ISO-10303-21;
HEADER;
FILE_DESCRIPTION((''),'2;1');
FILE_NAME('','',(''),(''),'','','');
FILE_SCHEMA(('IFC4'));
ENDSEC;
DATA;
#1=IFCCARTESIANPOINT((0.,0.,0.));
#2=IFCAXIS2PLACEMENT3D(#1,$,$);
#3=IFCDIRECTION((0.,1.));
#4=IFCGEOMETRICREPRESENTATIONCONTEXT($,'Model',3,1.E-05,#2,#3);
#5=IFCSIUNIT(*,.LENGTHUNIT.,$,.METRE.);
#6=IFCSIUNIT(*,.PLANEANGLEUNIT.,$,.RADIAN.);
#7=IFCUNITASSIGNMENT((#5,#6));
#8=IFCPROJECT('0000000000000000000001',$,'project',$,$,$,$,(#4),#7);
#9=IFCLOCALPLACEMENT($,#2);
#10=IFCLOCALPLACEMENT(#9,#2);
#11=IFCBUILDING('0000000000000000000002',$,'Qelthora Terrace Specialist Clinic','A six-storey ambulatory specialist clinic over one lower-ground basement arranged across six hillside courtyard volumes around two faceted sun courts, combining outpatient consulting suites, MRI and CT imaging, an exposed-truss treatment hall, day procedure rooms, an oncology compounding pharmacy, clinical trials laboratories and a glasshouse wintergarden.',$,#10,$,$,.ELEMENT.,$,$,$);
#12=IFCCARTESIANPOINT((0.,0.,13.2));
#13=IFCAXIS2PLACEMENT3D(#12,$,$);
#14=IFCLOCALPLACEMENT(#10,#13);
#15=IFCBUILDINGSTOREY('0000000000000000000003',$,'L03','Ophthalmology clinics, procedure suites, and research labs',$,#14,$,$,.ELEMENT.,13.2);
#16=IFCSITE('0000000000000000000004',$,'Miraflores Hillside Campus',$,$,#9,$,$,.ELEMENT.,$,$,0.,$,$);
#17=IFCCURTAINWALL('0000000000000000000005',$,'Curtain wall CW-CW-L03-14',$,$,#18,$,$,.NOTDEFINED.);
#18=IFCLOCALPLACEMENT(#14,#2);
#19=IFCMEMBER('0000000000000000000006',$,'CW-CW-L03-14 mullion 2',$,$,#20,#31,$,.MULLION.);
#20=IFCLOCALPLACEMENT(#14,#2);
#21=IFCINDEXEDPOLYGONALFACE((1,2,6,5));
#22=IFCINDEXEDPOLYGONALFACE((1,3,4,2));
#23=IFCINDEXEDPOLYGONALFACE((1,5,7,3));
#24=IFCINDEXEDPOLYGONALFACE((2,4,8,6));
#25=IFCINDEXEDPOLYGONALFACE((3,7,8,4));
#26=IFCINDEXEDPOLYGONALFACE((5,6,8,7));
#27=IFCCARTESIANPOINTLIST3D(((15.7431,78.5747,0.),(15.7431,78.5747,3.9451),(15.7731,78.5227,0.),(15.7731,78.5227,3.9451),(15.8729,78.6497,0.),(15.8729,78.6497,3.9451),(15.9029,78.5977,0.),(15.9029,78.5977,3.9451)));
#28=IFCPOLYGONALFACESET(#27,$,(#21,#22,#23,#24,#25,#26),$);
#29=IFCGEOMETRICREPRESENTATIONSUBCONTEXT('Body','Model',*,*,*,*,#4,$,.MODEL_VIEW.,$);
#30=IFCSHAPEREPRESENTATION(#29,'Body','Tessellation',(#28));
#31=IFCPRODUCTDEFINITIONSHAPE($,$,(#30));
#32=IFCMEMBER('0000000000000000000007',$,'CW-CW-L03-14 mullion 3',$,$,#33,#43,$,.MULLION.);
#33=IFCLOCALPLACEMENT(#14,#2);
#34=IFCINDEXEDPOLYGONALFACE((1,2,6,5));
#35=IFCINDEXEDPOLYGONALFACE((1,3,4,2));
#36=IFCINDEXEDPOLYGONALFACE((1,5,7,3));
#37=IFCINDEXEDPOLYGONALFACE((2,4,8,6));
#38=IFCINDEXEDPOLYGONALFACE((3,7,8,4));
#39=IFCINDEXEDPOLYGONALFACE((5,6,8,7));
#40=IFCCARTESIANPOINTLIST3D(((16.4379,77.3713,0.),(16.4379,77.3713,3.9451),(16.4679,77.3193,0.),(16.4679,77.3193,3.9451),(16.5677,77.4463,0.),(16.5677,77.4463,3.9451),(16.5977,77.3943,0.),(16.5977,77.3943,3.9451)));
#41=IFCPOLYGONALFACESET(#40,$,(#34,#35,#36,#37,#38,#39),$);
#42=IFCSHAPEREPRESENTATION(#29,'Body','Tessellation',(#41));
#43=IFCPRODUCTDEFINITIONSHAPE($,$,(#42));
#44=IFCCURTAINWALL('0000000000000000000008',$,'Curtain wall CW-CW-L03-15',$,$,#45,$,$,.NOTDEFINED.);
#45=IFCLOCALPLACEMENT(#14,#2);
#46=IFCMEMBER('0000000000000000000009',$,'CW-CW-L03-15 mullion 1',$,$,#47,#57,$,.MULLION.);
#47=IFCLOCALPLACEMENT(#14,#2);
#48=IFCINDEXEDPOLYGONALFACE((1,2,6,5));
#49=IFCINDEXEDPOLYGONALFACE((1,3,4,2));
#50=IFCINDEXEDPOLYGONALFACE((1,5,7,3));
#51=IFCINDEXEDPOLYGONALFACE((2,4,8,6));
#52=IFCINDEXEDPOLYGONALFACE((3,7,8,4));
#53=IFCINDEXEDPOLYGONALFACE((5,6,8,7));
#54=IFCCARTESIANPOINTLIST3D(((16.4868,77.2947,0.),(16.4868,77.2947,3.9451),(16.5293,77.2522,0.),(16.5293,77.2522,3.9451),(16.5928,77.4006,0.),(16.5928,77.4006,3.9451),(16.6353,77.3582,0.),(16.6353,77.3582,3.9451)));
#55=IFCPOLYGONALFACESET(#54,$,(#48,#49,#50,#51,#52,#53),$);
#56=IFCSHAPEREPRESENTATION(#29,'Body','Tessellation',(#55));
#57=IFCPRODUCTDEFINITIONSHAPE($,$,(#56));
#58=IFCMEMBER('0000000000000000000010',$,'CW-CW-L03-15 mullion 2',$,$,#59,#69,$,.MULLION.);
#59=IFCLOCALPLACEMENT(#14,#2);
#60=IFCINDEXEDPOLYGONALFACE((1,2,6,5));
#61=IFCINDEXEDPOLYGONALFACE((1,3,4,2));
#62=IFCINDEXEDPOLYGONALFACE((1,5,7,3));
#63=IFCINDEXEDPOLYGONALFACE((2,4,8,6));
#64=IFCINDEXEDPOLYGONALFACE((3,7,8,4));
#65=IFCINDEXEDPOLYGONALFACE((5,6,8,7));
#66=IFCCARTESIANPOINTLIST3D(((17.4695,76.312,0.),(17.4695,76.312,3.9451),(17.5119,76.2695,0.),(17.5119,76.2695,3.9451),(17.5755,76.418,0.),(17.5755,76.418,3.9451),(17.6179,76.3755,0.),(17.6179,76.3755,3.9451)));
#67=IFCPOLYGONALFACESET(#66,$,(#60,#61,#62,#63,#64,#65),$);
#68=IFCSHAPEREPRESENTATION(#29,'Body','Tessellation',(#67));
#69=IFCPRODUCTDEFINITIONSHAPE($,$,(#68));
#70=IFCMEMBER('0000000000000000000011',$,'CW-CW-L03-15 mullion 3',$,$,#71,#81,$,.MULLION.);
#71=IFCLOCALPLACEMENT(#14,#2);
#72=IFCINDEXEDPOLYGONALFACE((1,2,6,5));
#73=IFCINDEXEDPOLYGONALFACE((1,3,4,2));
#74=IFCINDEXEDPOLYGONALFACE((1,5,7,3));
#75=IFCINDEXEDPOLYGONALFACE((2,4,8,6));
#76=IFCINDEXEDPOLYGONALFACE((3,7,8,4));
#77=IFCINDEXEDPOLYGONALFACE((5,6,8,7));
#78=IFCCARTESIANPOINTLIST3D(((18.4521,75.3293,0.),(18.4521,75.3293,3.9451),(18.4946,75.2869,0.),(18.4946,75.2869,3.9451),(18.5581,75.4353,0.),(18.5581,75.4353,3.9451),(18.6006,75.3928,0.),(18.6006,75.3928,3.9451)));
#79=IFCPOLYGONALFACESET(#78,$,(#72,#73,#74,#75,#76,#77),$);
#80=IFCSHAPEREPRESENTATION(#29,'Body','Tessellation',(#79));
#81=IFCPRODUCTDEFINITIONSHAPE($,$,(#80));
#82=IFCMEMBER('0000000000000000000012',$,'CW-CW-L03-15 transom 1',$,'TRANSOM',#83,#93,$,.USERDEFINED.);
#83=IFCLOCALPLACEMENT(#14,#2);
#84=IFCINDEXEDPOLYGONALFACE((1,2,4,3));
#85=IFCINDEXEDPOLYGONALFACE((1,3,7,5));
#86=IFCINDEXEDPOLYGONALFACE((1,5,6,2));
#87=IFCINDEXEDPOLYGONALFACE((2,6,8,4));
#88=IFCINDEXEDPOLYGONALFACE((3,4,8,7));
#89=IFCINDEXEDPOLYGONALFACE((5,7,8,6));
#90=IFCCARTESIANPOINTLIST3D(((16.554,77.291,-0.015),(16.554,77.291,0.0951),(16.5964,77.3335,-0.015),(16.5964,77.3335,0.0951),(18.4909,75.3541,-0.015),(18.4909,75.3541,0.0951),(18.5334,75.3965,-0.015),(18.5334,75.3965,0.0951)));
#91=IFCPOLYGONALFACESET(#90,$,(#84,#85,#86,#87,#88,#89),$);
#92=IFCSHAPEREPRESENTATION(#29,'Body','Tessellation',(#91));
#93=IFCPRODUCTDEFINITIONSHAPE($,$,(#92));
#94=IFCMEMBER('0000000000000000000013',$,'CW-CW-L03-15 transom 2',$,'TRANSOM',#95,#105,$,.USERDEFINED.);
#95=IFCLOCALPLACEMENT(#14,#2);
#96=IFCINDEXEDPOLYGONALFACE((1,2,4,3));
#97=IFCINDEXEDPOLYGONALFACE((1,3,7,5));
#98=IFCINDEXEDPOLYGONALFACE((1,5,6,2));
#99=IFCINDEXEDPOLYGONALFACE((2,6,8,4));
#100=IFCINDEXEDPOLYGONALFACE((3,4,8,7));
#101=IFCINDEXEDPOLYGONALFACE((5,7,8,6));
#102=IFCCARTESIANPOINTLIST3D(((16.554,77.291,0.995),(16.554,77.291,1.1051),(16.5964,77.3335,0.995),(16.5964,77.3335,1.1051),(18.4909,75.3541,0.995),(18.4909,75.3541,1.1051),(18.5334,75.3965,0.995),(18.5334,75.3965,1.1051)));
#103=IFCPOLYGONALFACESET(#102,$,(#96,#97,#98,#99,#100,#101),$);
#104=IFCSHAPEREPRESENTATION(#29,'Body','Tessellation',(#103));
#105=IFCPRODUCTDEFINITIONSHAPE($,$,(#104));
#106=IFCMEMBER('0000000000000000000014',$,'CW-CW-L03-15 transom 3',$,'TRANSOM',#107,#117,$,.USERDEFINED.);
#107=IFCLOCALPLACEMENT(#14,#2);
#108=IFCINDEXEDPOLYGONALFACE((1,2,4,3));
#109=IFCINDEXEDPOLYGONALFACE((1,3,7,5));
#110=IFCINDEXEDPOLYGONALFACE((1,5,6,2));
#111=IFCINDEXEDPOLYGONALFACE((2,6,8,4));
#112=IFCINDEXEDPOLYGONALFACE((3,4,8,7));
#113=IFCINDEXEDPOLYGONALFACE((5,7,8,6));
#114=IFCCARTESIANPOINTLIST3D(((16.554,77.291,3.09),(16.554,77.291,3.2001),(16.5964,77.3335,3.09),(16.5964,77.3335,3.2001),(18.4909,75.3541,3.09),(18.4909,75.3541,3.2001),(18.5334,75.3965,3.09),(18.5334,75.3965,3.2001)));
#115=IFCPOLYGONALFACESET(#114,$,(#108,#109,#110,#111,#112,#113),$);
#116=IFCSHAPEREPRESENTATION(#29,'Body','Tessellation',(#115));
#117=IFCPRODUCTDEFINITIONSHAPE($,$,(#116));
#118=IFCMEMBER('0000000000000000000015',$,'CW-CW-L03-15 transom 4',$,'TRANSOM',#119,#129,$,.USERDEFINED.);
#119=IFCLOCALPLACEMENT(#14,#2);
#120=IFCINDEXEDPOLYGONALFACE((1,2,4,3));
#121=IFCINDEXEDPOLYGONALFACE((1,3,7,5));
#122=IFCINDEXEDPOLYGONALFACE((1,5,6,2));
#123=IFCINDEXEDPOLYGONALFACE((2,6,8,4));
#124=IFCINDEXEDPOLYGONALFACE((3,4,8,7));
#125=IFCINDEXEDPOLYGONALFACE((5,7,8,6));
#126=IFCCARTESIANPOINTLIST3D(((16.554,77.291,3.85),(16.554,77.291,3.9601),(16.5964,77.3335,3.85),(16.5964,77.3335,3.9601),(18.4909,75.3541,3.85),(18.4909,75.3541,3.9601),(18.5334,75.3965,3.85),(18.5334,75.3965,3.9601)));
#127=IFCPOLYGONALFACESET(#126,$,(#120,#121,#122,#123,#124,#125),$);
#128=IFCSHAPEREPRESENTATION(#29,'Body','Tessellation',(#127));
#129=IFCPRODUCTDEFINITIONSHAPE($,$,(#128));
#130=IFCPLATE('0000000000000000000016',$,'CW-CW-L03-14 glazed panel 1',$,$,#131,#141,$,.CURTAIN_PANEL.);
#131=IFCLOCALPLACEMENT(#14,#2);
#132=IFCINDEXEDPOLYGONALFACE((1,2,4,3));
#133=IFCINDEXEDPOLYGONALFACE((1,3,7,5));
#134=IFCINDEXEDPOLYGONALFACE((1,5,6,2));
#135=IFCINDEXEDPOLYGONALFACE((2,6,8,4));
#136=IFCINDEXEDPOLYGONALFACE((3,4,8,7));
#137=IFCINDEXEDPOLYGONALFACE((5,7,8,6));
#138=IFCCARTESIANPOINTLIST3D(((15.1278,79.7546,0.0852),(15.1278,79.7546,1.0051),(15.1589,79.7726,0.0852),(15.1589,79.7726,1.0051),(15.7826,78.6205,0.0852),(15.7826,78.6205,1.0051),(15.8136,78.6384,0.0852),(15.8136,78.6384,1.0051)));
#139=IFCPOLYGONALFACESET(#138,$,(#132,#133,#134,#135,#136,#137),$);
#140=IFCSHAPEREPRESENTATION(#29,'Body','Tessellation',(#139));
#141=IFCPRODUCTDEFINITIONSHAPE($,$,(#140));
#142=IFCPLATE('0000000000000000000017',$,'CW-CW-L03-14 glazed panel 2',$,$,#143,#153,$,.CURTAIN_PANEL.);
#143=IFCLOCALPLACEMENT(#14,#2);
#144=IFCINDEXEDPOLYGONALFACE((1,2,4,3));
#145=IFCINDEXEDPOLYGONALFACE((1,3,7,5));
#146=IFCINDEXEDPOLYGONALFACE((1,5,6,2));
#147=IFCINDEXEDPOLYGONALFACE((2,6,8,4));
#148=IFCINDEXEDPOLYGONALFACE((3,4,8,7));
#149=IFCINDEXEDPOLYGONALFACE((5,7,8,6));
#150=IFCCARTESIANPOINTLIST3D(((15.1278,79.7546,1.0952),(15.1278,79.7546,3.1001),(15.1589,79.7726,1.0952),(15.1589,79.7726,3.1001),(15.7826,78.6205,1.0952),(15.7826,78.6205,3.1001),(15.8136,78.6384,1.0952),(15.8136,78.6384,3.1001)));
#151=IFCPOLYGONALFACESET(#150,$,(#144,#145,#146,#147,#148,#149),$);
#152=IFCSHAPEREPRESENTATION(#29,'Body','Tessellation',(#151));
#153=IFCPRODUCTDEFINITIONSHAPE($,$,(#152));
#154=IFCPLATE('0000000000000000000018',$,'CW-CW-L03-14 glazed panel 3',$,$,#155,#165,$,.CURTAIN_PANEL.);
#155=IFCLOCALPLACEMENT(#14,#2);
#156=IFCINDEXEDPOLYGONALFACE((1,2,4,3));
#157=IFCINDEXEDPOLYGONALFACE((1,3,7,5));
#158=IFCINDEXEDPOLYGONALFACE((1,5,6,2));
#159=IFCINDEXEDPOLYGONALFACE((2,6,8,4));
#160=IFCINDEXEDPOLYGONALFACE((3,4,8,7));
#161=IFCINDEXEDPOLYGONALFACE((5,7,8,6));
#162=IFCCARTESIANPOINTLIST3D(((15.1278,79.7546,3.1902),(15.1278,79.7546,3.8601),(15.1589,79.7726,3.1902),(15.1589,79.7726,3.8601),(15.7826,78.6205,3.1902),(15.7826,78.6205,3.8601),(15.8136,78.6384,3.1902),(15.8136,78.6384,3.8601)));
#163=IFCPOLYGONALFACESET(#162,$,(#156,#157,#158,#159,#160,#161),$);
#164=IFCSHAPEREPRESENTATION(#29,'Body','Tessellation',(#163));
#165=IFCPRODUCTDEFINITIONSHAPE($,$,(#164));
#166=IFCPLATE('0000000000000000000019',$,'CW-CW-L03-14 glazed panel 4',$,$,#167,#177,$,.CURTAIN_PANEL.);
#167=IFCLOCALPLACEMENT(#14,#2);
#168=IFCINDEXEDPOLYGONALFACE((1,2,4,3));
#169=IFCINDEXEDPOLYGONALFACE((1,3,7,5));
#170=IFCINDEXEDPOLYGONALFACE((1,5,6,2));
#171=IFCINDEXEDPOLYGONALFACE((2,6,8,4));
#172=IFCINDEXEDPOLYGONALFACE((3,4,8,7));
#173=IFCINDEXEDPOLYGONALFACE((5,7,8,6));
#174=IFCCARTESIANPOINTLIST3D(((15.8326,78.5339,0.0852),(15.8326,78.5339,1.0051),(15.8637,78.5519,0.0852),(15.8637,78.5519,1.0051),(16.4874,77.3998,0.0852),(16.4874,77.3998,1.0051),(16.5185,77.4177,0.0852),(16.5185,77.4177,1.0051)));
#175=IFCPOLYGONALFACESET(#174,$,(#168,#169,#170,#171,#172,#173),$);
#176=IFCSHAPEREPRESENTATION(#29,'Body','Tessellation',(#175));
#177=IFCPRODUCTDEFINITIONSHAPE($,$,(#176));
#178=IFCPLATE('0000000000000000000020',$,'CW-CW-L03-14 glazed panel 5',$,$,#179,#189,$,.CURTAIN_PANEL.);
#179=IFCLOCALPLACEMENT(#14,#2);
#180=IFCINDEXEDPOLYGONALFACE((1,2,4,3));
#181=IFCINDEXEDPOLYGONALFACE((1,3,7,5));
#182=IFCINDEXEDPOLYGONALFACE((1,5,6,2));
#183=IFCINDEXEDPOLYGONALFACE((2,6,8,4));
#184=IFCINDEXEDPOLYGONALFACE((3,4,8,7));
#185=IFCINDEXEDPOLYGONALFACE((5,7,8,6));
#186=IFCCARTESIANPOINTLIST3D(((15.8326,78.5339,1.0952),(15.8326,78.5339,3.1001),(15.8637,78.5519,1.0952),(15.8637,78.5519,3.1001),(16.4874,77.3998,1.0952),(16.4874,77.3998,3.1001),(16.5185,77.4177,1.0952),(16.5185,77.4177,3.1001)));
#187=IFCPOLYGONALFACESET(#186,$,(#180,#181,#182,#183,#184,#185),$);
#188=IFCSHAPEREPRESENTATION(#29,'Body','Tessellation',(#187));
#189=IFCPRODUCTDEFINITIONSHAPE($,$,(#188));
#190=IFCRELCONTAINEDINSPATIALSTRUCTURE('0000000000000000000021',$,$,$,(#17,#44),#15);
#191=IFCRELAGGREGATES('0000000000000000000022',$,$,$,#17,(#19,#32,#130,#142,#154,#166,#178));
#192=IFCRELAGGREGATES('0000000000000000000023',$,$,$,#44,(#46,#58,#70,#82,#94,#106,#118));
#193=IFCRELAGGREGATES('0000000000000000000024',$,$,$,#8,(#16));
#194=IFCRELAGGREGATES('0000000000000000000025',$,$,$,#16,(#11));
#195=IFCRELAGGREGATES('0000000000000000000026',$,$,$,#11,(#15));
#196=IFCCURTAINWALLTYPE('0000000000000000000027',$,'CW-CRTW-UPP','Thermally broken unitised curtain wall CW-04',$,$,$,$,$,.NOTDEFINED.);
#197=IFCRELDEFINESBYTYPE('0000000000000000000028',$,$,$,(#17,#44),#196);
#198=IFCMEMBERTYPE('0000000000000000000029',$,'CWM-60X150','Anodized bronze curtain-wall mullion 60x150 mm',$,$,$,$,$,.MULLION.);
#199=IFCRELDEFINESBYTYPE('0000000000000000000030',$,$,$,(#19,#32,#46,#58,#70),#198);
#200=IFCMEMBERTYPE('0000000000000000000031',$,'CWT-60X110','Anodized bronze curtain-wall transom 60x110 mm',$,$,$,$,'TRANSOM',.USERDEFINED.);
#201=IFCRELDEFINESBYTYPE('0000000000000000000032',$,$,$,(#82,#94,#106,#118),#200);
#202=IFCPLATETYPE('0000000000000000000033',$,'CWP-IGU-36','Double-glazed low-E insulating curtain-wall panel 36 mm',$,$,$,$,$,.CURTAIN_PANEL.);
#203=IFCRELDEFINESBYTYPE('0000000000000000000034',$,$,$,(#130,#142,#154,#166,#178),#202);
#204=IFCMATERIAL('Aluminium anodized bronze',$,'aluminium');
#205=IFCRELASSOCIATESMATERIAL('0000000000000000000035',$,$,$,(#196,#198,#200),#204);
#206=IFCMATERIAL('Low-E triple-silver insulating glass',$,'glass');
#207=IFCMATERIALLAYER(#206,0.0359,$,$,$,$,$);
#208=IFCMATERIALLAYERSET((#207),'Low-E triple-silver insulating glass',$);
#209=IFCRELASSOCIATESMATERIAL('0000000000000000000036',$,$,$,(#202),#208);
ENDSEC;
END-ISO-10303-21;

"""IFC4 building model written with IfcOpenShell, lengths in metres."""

from ifc_helpers import new_model, si_unit, direction, frame, origin, origin_2d, place, context, subcontext, project, spatial, rectangle, extrude, material, layer, layer_set, material_profile, profile_set, type_object, element, aggregate, save


model = new_model("IFC4")

# Units and contexts
model_context = context("Model", 3, precision=1e-05, world=origin(), true_north=direction((0.0, 1.0)))
body_context = subcontext(model_context, "Body", "Model", "MODEL_VIEW")
ifc_project = project(units=[si_unit("LENGTHUNIT", "METRE"), si_unit("PLANEANGLEUNIT", "RADIAN")], contexts=[model_context])

# Site, building, storey
site_placement = place(None, origin())
site = spatial("IfcSite", under=ifc_project, at=site_placement, Name="Miraflores Hillside Campus", CompositionType="ELEMENT", RefElevation=0.0)
building_placement = place(site_placement, origin())
building = spatial("IfcBuilding", under=site, at=building_placement, Name="Qelthora Terrace Specialist Clinic", Description="A six-storey ambulatory specialist clinic over one lower-ground basement arranged across six hillside courtyard volumes around two faceted sun courts, combining outpatient consulting suites, MRI and CT imaging, an exposed-truss treatment hall, day procedure rooms, an oncology compounding pharmacy, clinical trials laboratories and a glasshouse wintergarden.", CompositionType="ELEMENT")
storey_placement = place(building_placement, frame((0.0, 0.0, 13.2)))
storey = spatial("IfcBuildingStorey", under=building, at=storey_placement, Name="L03", Description="Ophthalmology clinics, procedure suites, and research labs", CompositionType="ELEMENT", Elevation=13.2)

# Curtain walls, members
ifc_material_1 = material(Name="Aluminium anodized bronze", Category="aluminium")
curtain_wall_type = type_object("IfcCurtainWallType", Name="CW-CRTW-UPP", Description="Thermally broken unitised curtain wall CW-04", PredefinedType="NOTDEFINED", material=ifc_material_1)
curtain_wall_1_placement = place(storey_placement, origin())
curtain_wall_1 = element("IfcCurtainWall", 1, at=curtain_wall_1_placement, inside=storey, type_object=curtain_wall_type, Name="Curtain wall CW-CW-L03-14", PredefinedType="NOTDEFINED")
ifc_material_profile_1 = material_profile(ifc_material_1, rectangle(XDim=0.0601, YDim=0.1499, at=origin_2d()), Name="CWM60X150")
ifc_profile_set_1 = profile_set([ifc_material_profile_1], Name="Aluminium anodized bronze")
member_type_1 = type_object("IfcMemberType", Name="CWM-60X150", Description="Anodized bronze curtain-wall mullion 60x150 mm", PredefinedType="MULLION", material=ifc_profile_set_1)
member_1_placement = place(storey_placement, frame((15.823, 78.5862, 0.0), z_axis=(0.0, 0.0, 1.0), x_axis=(0.5, -0.866026, 0.0)))
member_1 = element("IfcMember", 2, at=member_1_placement, type_object=member_type_1, Name="CW-CW-L03-14 mullion 2", PredefinedType="MULLION", context=body_context, shape_type="SweptSolid", body=[
    extrude(rectangle(XDim=0.0601, YDim=0.1499, at=origin_2d()), origin(), (0.0, 0.0, 1.0), 3.9451),
])
member_2_placement = place(storey_placement, frame((16.5178, 77.3828, 0.0), z_axis=(0.0, 0.0, 1.0), x_axis=(0.5, -0.866026, 0.0)))
member_2 = element("IfcMember", 3, at=member_2_placement, type_object=member_type_1, Name="CW-CW-L03-14 mullion 3", PredefinedType="MULLION", context=body_context, shape_type="SweptSolid", body=[
    extrude(rectangle(XDim=0.0601, YDim=0.1499, at=origin_2d()), origin(), (0.0, 0.0, 1.0), 3.9451),
])
curtain_wall_2_placement = place(storey_placement, origin())
curtain_wall_2 = element("IfcCurtainWall", 4, at=curtain_wall_2_placement, inside=storey, type_object=curtain_wall_type, Name="Curtain wall CW-CW-L03-15", PredefinedType="NOTDEFINED")
member_3_placement = place(storey_placement, frame((16.561, 77.3264, 0.0), z_axis=(0.0, 0.0, 1.0), x_axis=(0.707107, -0.707107, 0.0)))
member_3 = element("IfcMember", 5, at=member_3_placement, type_object=member_type_1, Name="CW-CW-L03-15 mullion 1", PredefinedType="MULLION", context=body_context, shape_type="SweptSolid", body=[
    extrude(rectangle(XDim=0.0601, YDim=0.1499, at=origin_2d()), origin(), (0.0, 0.0, 1.0), 3.9451),
])
member_4_placement = place(storey_placement, frame((17.5437, 76.3438, 0.0), z_axis=(0.0, 0.0, 1.0), x_axis=(0.707107, -0.707107, 0.0)))
member_4 = element("IfcMember", 6, at=member_4_placement, type_object=member_type_1, Name="CW-CW-L03-15 mullion 2", PredefinedType="MULLION", context=body_context, shape_type="SweptSolid", body=[
    extrude(rectangle(XDim=0.0601, YDim=0.1499, at=origin_2d()), origin(), (0.0, 0.0, 1.0), 3.9451),
])
member_5_placement = place(storey_placement, frame((18.5264, 75.3611, 0.0), z_axis=(0.0, 0.0, 1.0), x_axis=(0.707107, -0.707107, 0.0)))
member_5 = element("IfcMember", 7, at=member_5_placement, type_object=member_type_1, Name="CW-CW-L03-15 mullion 3", PredefinedType="MULLION", context=body_context, shape_type="SweptSolid", body=[
    extrude(rectangle(XDim=0.0601, YDim=0.1499, at=origin_2d()), origin(), (0.0, 0.0, 1.0), 3.9451),
])
ifc_material_profile_2 = material_profile(ifc_material_1, rectangle(XDim=0.0601, YDim=0.1101, at=origin_2d()), Name="CWT60X110")
ifc_profile_set_2 = profile_set([ifc_material_profile_2], Name="Aluminium anodized bronze")
member_type_2 = type_object("IfcMemberType", Name="CWT-60X110", Description="Anodized bronze curtain-wall transom 60x110 mm", ElementType="TRANSOM", PredefinedType="USERDEFINED", material=ifc_profile_set_2)
member_6_placement = place(storey_placement, frame((16.5752, 77.3123, 0.04), z_axis=(0.707107, -0.707107, 0.0), x_axis=(0.707107, 0.707107, 0.0)))
member_6 = element("IfcMember", 8, at=member_6_placement, type_object=member_type_2, Name="CW-CW-L03-15 transom 1", ObjectType="TRANSOM", PredefinedType="USERDEFINED", context=body_context, shape_type="SweptSolid", body=[
    extrude(rectangle(XDim=0.0601, YDim=0.1101, at=origin_2d()), origin(), (0.0, 0.0, 1.0), 2.7393),
])
member_7_placement = place(storey_placement, frame((16.5752, 77.3123, 1.05), z_axis=(0.707107, -0.707107, 0.0), x_axis=(0.707107, 0.707107, 0.0)))
member_7 = element("IfcMember", 9, at=member_7_placement, type_object=member_type_2, Name="CW-CW-L03-15 transom 2", ObjectType="TRANSOM", PredefinedType="USERDEFINED", context=body_context, shape_type="SweptSolid", body=[
    extrude(rectangle(XDim=0.0601, YDim=0.1101, at=origin_2d()), origin(), (0.0, 0.0, 1.0), 2.7393),
])
member_8_placement = place(storey_placement, frame((16.5752, 77.3123, 3.145), z_axis=(0.707107, -0.707107, 0.0), x_axis=(0.707107, 0.707107, 0.0)))
member_8 = element("IfcMember", 10, at=member_8_placement, type_object=member_type_2, Name="CW-CW-L03-15 transom 3", ObjectType="TRANSOM", PredefinedType="USERDEFINED", context=body_context, shape_type="SweptSolid", body=[
    extrude(rectangle(XDim=0.0601, YDim=0.1101, at=origin_2d()), origin(), (0.0, 0.0, 1.0), 2.7393),
])
member_9_placement = place(storey_placement, frame((16.5752, 77.3123, 3.905), z_axis=(0.707107, -0.707107, 0.0), x_axis=(0.707107, 0.707107, 0.0)))
member_9 = element("IfcMember", 11, at=member_9_placement, type_object=member_type_2, Name="CW-CW-L03-15 transom 4", ObjectType="TRANSOM", PredefinedType="USERDEFINED", context=body_context, shape_type="SweptSolid", body=[
    extrude(rectangle(XDim=0.0601, YDim=0.1101, at=origin_2d()), origin(), (0.0, 0.0, 1.0), 2.7393),
])

# Plates
ifc_material_2 = material(Name="Low-E triple-silver insulating glass", Category="glass")
ifc_layer = layer(ifc_material_2, 0.0359)
ifc_layer_set = layer_set([ifc_layer], Name="Low-E triple-silver insulating glass")
plate_type = type_object("IfcPlateType", Name="CWP-IGU-36", Description="Double-glazed low-E insulating curtain-wall panel 36 mm", PredefinedType="CURTAIN_PANEL", material=ifc_layer_set)
plate_1_placement = place(storey_placement, frame((15.4707, 79.1965, 0.0852), z_axis=(0.0, 0.0, 1.0), x_axis=(0.5, -0.866025, 0.0)))
plate_1 = element("IfcPlate", 12, at=plate_1_placement, type_object=plate_type, Name="CW-CW-L03-14 glazed panel 1", PredefinedType="CURTAIN_PANEL", context=body_context, shape_type="SweptSolid", body=[
    extrude(rectangle(XDim=1.3096, YDim=0.0359, at=origin_2d()), origin(), (0.0, 0.0, 1.0), 0.9199),
])
plate_2_placement = place(storey_placement, frame((15.4707, 79.1965, 1.0952), z_axis=(0.0, 0.0, 1.0), x_axis=(0.5, -0.866025, 0.0)))
plate_2 = element("IfcPlate", 13, at=plate_2_placement, type_object=plate_type, Name="CW-CW-L03-14 glazed panel 2", PredefinedType="CURTAIN_PANEL", context=body_context, shape_type="SweptSolid", body=[
    extrude(rectangle(XDim=1.3096, YDim=0.0359, at=origin_2d()), origin(), (0.0, 0.0, 1.0), 2.0049),
])
plate_3_placement = place(storey_placement, frame((15.4707, 79.1965, 3.1902), z_axis=(0.0, 0.0, 1.0), x_axis=(0.5, -0.866025, 0.0)))
plate_3 = element("IfcPlate", 14, at=plate_3_placement, type_object=plate_type, Name="CW-CW-L03-14 glazed panel 3", PredefinedType="CURTAIN_PANEL", context=body_context, shape_type="SweptSolid", body=[
    extrude(rectangle(XDim=1.3096, YDim=0.0359, at=origin_2d()), origin(), (0.0, 0.0, 1.0), 0.6699),
])
plate_4_placement = place(storey_placement, frame((16.1755, 77.9758, 0.0852), z_axis=(0.0, 0.0, 1.0), x_axis=(0.5, -0.866025, 0.0)))
plate_4 = element("IfcPlate", 15, at=plate_4_placement, type_object=plate_type, Name="CW-CW-L03-14 glazed panel 4", PredefinedType="CURTAIN_PANEL", context=body_context, shape_type="SweptSolid", body=[
    extrude(rectangle(XDim=1.3096, YDim=0.0359, at=origin_2d()), origin(), (0.0, 0.0, 1.0), 0.9199),
])
plate_5_placement = place(storey_placement, frame((16.1755, 77.9758, 1.0952), z_axis=(0.0, 0.0, 1.0), x_axis=(0.5, -0.866025, 0.0)))
plate_5 = element("IfcPlate", 16, at=plate_5_placement, type_object=plate_type, Name="CW-CW-L03-14 glazed panel 5", PredefinedType="CURTAIN_PANEL", context=body_context, shape_type="SweptSolid", body=[
    extrude(rectangle(XDim=1.3096, YDim=0.0359, at=origin_2d()), origin(), (0.0, 0.0, 1.0), 2.0049),
])
aggregate(curtain_wall_1, [member_1, member_2, plate_1, plate_2, plate_3, plate_4, plate_5])
aggregate(curtain_wall_2, [member_3, member_4, member_5, member_6, member_7, member_8, member_9])

save(model, "model.ifc")
